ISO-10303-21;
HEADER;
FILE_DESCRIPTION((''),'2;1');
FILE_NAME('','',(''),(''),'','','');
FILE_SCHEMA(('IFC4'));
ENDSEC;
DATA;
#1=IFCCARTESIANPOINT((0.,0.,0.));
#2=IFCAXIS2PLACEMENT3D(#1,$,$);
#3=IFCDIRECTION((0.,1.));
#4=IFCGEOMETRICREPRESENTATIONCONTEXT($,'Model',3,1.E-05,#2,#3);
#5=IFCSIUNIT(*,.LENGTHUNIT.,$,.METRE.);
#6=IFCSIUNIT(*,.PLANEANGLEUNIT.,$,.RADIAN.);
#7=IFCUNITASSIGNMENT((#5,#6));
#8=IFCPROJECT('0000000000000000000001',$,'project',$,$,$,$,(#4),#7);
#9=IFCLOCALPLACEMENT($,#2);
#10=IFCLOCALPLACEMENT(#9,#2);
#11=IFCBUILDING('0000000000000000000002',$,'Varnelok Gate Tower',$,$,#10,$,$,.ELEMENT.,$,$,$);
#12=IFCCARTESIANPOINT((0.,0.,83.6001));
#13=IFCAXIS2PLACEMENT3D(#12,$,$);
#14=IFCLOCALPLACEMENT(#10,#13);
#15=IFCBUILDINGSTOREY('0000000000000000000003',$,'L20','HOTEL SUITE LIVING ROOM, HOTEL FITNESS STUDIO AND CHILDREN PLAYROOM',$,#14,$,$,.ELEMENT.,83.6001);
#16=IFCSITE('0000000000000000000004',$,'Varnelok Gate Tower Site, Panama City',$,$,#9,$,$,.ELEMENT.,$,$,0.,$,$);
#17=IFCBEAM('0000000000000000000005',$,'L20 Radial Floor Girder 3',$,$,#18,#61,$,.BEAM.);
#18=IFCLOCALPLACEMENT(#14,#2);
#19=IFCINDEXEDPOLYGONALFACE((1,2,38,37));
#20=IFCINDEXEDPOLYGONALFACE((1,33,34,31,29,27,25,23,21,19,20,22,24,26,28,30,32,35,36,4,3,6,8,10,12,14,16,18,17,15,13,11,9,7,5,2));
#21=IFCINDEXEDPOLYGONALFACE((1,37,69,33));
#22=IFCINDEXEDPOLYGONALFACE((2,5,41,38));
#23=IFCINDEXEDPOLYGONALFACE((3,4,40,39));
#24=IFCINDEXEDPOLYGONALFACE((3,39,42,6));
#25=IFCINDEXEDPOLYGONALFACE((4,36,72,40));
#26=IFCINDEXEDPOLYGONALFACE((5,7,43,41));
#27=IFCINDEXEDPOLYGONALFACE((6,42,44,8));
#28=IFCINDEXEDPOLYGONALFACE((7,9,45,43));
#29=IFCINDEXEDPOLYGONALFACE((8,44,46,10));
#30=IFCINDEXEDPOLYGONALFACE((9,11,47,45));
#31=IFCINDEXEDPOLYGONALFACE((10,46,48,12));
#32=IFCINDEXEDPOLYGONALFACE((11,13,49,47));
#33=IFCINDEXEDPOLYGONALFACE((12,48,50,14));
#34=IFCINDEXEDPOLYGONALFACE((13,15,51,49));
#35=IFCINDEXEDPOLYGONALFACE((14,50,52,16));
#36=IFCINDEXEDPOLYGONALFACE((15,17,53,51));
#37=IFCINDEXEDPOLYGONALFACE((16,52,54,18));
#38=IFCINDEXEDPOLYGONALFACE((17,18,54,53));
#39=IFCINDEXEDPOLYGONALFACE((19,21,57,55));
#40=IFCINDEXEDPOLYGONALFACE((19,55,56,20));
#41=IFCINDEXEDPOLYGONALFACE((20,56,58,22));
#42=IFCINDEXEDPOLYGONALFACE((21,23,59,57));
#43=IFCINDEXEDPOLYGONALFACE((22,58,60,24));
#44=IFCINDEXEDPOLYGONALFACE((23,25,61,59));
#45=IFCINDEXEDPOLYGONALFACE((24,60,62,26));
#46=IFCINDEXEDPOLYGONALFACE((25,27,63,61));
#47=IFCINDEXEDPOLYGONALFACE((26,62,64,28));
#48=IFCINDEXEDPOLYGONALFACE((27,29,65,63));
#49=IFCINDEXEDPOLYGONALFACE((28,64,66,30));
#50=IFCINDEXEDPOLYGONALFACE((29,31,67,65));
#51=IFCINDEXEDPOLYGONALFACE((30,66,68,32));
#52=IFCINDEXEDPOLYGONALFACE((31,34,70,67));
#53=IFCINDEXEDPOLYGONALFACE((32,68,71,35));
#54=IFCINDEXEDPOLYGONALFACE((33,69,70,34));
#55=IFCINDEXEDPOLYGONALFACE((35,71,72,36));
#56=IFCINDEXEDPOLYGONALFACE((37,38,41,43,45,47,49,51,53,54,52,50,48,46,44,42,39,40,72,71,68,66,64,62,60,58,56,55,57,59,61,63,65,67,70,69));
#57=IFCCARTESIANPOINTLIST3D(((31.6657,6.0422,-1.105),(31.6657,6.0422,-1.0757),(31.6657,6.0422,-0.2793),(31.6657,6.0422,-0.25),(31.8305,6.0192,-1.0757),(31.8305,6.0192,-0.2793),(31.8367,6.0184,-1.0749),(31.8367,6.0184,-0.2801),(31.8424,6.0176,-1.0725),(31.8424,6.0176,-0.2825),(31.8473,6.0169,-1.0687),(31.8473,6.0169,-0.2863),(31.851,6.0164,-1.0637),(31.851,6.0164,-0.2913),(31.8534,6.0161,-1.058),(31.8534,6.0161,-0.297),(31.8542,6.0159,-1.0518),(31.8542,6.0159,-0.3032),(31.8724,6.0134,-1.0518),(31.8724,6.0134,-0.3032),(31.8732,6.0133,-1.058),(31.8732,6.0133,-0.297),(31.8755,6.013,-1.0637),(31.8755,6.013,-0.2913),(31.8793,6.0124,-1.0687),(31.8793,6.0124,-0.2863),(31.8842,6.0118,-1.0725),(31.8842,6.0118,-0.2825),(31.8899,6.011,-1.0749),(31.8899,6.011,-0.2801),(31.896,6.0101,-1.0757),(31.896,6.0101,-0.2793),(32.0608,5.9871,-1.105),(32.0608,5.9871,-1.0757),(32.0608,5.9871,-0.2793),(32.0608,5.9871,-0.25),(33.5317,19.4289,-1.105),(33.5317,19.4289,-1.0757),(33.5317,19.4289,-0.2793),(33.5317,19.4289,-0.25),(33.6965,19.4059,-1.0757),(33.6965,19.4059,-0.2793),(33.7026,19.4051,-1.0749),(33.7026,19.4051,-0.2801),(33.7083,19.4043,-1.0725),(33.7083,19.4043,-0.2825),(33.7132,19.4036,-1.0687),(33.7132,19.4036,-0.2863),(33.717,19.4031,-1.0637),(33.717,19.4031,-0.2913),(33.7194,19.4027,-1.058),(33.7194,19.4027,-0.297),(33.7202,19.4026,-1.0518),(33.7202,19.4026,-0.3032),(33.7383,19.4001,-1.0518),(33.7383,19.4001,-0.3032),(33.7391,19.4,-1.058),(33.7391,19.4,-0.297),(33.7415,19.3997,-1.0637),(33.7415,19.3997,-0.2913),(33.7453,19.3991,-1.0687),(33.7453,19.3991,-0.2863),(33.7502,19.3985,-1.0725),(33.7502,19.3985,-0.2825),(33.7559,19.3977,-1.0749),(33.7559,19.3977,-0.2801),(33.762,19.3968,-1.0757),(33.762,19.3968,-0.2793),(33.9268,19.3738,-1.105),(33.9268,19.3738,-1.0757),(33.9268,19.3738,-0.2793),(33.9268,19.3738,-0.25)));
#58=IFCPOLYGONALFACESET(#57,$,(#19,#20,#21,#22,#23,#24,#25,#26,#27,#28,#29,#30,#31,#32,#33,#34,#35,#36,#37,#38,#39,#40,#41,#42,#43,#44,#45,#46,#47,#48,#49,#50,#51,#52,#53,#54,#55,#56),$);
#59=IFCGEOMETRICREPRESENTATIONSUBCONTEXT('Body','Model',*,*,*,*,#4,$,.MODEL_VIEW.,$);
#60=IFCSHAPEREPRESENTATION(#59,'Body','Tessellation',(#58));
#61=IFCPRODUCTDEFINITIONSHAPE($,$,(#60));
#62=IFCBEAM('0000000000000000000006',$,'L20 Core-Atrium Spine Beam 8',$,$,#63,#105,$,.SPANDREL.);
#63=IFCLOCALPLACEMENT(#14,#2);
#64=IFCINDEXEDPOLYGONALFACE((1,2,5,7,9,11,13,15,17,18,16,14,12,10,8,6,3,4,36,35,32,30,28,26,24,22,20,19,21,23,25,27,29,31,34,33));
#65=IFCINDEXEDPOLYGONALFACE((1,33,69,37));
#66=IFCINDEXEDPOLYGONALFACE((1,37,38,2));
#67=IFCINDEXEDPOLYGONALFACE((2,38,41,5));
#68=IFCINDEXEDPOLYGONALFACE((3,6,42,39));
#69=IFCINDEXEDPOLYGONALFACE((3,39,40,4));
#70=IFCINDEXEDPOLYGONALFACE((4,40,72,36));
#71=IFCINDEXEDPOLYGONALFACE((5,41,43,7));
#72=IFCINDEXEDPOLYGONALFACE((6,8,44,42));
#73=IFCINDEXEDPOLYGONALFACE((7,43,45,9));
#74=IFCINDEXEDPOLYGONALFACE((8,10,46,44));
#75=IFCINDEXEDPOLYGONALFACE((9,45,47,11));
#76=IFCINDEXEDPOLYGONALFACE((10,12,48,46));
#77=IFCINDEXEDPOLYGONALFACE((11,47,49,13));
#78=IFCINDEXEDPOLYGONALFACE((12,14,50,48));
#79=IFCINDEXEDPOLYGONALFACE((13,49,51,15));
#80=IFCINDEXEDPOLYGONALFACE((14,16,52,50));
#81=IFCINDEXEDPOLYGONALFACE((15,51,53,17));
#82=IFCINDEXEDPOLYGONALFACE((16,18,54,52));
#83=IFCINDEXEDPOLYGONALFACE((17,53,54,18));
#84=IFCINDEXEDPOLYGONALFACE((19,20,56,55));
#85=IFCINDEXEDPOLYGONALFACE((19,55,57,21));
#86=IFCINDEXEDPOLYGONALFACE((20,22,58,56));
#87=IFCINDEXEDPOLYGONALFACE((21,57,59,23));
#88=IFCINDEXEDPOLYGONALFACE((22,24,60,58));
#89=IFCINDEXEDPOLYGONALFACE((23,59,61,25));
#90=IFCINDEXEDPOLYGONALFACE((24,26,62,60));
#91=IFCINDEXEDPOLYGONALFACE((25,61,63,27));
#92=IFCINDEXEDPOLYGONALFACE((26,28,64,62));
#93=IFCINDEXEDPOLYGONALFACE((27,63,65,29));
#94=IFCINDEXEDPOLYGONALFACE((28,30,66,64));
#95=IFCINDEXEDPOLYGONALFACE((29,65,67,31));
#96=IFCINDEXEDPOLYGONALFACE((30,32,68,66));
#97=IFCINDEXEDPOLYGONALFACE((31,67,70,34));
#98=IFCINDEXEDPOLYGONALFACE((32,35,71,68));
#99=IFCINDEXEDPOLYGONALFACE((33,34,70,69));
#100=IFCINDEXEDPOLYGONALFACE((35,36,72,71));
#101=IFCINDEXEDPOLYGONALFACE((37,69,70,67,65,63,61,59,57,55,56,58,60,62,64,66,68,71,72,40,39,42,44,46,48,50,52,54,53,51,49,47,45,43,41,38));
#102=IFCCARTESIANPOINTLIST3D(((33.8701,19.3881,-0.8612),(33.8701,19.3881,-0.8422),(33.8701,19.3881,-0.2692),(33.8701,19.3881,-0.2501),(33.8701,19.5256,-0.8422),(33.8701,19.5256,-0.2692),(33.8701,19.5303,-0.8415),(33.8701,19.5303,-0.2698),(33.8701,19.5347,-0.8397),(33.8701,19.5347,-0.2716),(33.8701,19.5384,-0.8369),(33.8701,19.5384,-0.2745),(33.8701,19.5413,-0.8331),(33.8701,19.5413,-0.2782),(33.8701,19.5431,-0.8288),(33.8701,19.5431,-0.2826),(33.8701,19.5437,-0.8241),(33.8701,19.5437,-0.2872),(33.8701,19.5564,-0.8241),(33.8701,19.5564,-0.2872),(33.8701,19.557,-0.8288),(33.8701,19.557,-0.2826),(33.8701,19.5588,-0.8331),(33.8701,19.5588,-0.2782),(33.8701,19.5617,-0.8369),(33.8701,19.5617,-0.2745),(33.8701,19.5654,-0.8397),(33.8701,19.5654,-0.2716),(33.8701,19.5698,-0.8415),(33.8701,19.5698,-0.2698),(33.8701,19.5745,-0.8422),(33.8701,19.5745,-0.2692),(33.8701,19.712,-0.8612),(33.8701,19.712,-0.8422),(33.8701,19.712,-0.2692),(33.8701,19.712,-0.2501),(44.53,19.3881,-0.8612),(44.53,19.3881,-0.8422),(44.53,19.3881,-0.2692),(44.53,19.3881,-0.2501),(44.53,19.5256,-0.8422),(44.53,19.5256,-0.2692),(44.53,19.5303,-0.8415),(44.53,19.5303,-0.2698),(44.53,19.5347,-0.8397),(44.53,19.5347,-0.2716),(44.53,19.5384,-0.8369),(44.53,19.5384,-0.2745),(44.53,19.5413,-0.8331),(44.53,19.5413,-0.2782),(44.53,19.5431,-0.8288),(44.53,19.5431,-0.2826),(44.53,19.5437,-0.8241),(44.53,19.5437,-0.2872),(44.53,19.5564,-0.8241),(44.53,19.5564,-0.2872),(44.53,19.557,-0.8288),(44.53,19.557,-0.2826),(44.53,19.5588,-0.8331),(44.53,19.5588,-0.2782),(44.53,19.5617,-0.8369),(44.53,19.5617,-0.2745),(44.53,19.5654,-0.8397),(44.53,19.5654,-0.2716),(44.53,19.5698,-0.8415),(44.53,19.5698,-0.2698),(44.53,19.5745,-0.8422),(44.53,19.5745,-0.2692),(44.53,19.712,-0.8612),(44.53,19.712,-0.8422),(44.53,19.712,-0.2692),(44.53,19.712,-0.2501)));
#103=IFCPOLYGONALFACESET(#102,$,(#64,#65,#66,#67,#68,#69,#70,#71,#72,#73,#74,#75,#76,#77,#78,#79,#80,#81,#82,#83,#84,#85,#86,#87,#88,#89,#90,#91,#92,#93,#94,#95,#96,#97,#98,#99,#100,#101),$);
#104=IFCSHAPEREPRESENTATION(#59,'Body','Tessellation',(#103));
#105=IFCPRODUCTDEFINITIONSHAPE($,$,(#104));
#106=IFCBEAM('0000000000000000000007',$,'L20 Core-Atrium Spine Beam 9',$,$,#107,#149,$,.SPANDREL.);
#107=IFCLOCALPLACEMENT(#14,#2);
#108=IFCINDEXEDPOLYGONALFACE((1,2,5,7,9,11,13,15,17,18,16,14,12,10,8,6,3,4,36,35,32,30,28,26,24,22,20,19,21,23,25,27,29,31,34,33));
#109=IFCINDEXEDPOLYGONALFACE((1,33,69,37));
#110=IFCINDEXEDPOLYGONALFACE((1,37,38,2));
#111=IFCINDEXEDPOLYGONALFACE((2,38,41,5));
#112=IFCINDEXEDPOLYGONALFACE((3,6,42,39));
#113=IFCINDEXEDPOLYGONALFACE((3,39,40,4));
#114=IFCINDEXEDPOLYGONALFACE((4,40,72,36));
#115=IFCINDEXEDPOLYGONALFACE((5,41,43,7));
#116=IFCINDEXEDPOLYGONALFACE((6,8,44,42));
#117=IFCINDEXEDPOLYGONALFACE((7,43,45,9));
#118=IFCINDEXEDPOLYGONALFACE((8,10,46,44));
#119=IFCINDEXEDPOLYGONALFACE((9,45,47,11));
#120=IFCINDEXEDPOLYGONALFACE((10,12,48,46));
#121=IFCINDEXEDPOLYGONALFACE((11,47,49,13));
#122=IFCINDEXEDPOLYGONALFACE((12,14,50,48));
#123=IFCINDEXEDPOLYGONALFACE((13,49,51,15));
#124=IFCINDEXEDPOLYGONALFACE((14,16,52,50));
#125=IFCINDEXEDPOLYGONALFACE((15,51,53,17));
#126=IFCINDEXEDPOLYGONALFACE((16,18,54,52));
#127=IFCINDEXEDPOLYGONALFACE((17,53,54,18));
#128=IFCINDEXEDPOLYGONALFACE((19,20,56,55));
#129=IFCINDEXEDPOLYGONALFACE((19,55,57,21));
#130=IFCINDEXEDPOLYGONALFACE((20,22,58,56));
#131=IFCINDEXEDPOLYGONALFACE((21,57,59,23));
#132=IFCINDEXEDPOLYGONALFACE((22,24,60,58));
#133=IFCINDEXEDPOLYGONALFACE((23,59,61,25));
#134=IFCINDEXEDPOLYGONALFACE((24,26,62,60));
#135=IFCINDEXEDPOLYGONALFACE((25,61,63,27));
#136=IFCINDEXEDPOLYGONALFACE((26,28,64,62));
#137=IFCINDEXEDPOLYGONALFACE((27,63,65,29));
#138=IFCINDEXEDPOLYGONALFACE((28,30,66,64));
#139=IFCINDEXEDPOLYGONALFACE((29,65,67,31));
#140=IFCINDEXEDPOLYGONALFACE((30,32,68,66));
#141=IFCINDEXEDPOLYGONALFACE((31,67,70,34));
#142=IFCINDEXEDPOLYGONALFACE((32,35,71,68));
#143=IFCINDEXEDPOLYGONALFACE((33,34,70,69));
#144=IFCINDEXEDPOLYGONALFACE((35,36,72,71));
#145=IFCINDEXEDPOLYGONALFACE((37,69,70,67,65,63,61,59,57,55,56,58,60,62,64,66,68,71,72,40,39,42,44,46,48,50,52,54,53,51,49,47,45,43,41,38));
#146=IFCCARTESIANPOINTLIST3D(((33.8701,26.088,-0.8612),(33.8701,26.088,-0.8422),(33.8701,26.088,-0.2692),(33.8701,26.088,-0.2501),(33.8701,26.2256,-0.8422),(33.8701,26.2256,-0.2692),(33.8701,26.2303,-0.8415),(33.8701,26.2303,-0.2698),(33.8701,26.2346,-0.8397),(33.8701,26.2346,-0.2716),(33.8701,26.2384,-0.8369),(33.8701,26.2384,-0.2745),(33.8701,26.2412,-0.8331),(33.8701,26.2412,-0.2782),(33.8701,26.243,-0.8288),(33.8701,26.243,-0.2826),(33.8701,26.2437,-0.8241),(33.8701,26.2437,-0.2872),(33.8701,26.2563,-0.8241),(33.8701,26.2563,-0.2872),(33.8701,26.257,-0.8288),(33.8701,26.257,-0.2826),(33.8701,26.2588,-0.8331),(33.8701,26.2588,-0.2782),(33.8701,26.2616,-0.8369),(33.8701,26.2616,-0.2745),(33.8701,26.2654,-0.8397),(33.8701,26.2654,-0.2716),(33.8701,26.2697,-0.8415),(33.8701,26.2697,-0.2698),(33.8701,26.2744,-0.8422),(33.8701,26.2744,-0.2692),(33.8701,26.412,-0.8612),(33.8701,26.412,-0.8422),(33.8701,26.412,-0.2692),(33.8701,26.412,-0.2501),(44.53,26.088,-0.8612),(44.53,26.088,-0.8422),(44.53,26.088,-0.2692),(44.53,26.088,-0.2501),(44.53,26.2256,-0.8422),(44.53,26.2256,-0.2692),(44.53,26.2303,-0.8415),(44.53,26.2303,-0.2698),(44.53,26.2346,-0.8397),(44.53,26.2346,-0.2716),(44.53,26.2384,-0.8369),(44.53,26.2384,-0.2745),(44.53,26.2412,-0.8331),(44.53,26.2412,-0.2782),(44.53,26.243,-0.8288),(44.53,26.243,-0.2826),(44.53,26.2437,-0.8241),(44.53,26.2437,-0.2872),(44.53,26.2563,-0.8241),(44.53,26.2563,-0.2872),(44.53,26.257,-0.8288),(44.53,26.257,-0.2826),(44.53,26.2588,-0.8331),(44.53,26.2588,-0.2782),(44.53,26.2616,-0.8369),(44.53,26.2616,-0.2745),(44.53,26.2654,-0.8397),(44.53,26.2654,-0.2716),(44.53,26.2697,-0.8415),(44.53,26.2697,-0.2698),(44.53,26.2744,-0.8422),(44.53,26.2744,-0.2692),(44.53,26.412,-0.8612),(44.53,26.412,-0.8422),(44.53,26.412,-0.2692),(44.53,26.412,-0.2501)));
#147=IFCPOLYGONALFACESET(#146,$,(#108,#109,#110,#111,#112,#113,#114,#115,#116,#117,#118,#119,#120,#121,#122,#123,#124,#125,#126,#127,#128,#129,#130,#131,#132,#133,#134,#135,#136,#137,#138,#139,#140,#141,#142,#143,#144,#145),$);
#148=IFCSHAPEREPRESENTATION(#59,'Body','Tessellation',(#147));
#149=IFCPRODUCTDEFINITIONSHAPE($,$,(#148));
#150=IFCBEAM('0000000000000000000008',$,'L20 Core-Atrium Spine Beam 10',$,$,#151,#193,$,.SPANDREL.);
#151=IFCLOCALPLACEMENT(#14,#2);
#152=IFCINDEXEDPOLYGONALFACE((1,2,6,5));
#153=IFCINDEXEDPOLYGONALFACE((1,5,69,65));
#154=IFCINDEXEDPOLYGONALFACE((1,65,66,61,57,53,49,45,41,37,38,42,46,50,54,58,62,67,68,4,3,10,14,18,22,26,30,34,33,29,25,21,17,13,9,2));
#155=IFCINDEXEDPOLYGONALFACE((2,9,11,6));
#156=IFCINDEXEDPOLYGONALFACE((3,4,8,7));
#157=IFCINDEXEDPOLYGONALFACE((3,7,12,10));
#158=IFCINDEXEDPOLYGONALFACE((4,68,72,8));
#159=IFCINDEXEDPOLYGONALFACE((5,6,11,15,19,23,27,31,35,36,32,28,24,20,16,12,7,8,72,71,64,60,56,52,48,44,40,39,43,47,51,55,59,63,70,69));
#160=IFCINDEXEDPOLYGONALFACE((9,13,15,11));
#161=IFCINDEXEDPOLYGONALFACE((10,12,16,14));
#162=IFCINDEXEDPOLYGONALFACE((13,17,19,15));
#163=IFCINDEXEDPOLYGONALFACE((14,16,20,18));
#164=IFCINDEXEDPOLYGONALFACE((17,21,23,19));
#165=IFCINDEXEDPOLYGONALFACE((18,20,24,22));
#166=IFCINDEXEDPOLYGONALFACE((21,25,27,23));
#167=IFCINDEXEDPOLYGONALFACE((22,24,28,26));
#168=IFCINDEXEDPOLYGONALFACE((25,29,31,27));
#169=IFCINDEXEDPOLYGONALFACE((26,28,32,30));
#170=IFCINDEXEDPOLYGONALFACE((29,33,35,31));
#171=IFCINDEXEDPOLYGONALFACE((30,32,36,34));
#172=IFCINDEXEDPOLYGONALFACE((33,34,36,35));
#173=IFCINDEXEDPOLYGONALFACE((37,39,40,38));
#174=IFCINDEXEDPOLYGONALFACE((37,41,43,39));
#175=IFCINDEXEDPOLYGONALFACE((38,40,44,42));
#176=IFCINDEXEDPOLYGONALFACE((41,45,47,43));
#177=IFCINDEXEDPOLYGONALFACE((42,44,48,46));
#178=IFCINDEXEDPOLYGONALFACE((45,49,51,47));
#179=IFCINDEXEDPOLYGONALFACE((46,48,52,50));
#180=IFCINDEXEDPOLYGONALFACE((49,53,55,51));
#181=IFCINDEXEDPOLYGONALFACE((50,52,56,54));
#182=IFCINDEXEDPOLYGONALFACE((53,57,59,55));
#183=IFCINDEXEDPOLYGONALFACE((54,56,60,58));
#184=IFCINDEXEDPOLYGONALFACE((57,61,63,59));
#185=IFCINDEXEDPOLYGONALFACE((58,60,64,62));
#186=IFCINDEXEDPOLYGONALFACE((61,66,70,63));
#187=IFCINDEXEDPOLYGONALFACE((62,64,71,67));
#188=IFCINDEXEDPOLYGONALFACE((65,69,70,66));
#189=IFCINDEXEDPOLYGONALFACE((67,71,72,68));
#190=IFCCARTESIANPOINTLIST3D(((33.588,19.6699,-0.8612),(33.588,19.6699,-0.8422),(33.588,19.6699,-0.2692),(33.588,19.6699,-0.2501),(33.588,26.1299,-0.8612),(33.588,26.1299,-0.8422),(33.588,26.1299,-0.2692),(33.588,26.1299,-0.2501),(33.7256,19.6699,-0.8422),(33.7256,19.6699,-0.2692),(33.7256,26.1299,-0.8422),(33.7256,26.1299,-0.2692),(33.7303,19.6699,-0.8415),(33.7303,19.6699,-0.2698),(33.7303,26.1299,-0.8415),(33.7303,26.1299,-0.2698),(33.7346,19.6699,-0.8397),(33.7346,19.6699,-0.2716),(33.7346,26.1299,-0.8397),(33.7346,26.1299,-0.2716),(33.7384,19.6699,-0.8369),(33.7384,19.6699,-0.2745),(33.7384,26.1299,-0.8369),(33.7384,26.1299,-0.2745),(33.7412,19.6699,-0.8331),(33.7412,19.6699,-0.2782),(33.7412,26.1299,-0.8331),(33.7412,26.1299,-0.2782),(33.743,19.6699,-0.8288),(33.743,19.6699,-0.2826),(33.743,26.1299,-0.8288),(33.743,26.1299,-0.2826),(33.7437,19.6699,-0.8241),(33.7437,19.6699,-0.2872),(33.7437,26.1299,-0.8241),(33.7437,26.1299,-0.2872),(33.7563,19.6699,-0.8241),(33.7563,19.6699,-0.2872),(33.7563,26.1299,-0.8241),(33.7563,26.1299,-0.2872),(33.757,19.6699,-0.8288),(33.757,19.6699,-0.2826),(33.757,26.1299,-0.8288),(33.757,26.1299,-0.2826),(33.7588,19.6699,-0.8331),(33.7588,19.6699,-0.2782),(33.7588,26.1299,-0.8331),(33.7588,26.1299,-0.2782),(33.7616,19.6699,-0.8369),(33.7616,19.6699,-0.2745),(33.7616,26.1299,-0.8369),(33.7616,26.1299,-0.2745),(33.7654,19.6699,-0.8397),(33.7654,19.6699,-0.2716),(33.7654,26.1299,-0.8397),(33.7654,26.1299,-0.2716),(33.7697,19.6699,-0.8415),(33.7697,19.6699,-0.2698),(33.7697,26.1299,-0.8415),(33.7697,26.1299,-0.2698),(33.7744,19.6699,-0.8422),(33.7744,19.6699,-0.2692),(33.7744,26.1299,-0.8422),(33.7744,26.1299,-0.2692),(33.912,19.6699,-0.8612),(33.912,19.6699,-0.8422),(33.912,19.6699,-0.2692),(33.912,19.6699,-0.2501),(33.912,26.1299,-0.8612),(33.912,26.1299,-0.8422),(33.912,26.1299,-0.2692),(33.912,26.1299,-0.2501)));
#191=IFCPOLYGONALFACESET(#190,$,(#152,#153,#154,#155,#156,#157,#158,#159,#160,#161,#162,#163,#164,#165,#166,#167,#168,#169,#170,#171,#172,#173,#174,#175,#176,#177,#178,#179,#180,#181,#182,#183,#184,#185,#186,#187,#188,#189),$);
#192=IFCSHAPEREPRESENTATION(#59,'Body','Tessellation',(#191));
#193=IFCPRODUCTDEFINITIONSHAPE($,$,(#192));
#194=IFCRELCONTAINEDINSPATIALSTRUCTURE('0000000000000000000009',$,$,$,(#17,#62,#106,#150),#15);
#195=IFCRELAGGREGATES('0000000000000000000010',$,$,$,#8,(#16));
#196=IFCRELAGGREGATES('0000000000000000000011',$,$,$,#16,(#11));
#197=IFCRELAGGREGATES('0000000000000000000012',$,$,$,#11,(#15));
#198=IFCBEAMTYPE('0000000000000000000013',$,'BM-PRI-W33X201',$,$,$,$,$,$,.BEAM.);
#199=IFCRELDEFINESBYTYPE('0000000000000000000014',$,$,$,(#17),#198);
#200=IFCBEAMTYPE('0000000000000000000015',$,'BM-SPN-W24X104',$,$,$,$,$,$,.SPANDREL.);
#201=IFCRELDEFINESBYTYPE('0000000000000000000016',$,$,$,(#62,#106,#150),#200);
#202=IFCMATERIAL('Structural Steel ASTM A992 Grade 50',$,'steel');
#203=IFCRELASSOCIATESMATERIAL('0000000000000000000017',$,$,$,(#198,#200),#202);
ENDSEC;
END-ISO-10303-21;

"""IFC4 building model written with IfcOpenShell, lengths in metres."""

from ifc_helpers import new_model, si_unit, direction, frame, origin, origin_2d, place, context, subcontext, project, spatial, i_section, extrude, material, material_profile, profile_set, type_object, element, save


model = new_model("IFC4")

# Units and contexts
model_context = context("Model", 3, precision=1e-05, world=origin(), true_north=direction((0.0, 1.0)))
body_context = subcontext(model_context, "Body", "Model", "MODEL_VIEW")
ifc_project = project(units=[si_unit("LENGTHUNIT", "METRE"), si_unit("PLANEANGLEUNIT", "RADIAN")], contexts=[model_context])

# Site, building, storey
site_placement = place(None, origin())
site = spatial("IfcSite", under=ifc_project, at=site_placement, Name="Varnelok Gate Tower Site, Panama City", CompositionType="ELEMENT", RefElevation=0.0)
building_placement = place(site_placement, origin())
building = spatial("IfcBuilding", under=site, at=building_placement, Name="Varnelok Gate Tower", CompositionType="ELEMENT")
storey_placement = place(building_placement, frame((0.0, 0.0, 83.6001)))
storey = spatial("IfcBuildingStorey", under=building, at=storey_placement, Name="L20", Description="HOTEL SUITE LIVING ROOM, HOTEL FITNESS STUDIO AND CHILDREN PLAYROOM", CompositionType="ELEMENT", Elevation=83.6001)

# Shared definitions
ifc_material_1 = material(Name="Structural Steel ASTM A992 Grade 50", Category="steel")

# Beams
ifc_material_profile_1 = material_profile(ifc_material_1, i_section(OverallWidth=0.3989, OverallDepth=0.855, WebThickness=0.0183, FlangeThickness=0.0293, FilletRadius=0.0239, at=origin_2d()), Name="W33X201")
ifc_profile_set_1 = profile_set([ifc_material_profile_1], Name="Structural Steel ASTM A992 Grade 50")
beam_type_1 = type_object("IfcBeamType", Name="BM-PRI-W33X201", PredefinedType="BEAM", material=ifc_profile_set_1)
beam_1_placement = place(storey_placement, frame((33.7292, 19.4014, -0.6775), z_axis=(-0.138055, -0.990425, 0.0), x_axis=(0.990425, -0.138055, 0.0)))
element("IfcBeam", 1, at=beam_1_placement, inside=storey, type_object=beam_type_1, Name="L20 Radial Floor Girder 3", PredefinedType="BEAM", context=body_context, shape_type="SweptSolid", body=[
    extrude(i_section(OverallWidth=0.3989, OverallDepth=0.855, WebThickness=0.0183, FlangeThickness=0.0293, FilletRadius=0.0239, at=origin_2d()), origin(), (0.0, 0.0, 1.0), 13.5161),
])
ifc_material_profile_2 = material_profile(ifc_material_1, i_section(OverallWidth=0.324, OverallDepth=0.6111, WebThickness=0.0127, FlangeThickness=0.019, FilletRadius=0.0181, at=origin_2d()), Name="W24X104")
ifc_profile_set_2 = profile_set([ifc_material_profile_2], Name="Structural Steel ASTM A992 Grade 50")
beam_type_2 = type_object("IfcBeamType", Name="BM-SPN-W24X104", PredefinedType="SPANDREL", material=ifc_profile_set_2)
for number, where, z_axis, x_axis, name in (
    (2, (33.8701, 19.55, -0.5557), (1.0, 0.0, 0.0), (0.0, 1.0, 0.0), "L20 Core-Atrium Spine Beam 8"),
    (3, (33.8701, 26.25, -0.5557), (1.0, 0.0, 0.0), (0.0, 1.0, 0.0), "L20 Core-Atrium Spine Beam 9"),
):
    element("IfcBeam", number, at=place(storey_placement, frame(where, z_axis=z_axis, x_axis=x_axis)), inside=storey, type_object=beam_type_2, Name=name, PredefinedType="SPANDREL", context=body_context, shape_type="SweptSolid", body=[
        extrude(i_section(OverallWidth=0.324, OverallDepth=0.6111, WebThickness=0.0127, FlangeThickness=0.019, FilletRadius=0.0181, at=origin_2d()), origin(), (0.0, 0.0, 1.0), 10.6599),
    ])
beam_2_placement = place(storey_placement, frame((33.75, 19.6699, -0.5557), z_axis=(0.0, 1.0, 0.0), x_axis=(-1.0, 0.0, 0.0)))
element("IfcBeam", 4, at=beam_2_placement, inside=storey, type_object=beam_type_2, Name="L20 Core-Atrium Spine Beam 10", PredefinedType="SPANDREL", context=body_context, shape_type="SweptSolid", body=[
    extrude(i_section(OverallWidth=0.324, OverallDepth=0.6111, WebThickness=0.0127, FlangeThickness=0.019, FilletRadius=0.0181, at=origin_2d()), origin(), (0.0, 0.0, 1.0), 6.46),
])

save(model, "model.ifc")
